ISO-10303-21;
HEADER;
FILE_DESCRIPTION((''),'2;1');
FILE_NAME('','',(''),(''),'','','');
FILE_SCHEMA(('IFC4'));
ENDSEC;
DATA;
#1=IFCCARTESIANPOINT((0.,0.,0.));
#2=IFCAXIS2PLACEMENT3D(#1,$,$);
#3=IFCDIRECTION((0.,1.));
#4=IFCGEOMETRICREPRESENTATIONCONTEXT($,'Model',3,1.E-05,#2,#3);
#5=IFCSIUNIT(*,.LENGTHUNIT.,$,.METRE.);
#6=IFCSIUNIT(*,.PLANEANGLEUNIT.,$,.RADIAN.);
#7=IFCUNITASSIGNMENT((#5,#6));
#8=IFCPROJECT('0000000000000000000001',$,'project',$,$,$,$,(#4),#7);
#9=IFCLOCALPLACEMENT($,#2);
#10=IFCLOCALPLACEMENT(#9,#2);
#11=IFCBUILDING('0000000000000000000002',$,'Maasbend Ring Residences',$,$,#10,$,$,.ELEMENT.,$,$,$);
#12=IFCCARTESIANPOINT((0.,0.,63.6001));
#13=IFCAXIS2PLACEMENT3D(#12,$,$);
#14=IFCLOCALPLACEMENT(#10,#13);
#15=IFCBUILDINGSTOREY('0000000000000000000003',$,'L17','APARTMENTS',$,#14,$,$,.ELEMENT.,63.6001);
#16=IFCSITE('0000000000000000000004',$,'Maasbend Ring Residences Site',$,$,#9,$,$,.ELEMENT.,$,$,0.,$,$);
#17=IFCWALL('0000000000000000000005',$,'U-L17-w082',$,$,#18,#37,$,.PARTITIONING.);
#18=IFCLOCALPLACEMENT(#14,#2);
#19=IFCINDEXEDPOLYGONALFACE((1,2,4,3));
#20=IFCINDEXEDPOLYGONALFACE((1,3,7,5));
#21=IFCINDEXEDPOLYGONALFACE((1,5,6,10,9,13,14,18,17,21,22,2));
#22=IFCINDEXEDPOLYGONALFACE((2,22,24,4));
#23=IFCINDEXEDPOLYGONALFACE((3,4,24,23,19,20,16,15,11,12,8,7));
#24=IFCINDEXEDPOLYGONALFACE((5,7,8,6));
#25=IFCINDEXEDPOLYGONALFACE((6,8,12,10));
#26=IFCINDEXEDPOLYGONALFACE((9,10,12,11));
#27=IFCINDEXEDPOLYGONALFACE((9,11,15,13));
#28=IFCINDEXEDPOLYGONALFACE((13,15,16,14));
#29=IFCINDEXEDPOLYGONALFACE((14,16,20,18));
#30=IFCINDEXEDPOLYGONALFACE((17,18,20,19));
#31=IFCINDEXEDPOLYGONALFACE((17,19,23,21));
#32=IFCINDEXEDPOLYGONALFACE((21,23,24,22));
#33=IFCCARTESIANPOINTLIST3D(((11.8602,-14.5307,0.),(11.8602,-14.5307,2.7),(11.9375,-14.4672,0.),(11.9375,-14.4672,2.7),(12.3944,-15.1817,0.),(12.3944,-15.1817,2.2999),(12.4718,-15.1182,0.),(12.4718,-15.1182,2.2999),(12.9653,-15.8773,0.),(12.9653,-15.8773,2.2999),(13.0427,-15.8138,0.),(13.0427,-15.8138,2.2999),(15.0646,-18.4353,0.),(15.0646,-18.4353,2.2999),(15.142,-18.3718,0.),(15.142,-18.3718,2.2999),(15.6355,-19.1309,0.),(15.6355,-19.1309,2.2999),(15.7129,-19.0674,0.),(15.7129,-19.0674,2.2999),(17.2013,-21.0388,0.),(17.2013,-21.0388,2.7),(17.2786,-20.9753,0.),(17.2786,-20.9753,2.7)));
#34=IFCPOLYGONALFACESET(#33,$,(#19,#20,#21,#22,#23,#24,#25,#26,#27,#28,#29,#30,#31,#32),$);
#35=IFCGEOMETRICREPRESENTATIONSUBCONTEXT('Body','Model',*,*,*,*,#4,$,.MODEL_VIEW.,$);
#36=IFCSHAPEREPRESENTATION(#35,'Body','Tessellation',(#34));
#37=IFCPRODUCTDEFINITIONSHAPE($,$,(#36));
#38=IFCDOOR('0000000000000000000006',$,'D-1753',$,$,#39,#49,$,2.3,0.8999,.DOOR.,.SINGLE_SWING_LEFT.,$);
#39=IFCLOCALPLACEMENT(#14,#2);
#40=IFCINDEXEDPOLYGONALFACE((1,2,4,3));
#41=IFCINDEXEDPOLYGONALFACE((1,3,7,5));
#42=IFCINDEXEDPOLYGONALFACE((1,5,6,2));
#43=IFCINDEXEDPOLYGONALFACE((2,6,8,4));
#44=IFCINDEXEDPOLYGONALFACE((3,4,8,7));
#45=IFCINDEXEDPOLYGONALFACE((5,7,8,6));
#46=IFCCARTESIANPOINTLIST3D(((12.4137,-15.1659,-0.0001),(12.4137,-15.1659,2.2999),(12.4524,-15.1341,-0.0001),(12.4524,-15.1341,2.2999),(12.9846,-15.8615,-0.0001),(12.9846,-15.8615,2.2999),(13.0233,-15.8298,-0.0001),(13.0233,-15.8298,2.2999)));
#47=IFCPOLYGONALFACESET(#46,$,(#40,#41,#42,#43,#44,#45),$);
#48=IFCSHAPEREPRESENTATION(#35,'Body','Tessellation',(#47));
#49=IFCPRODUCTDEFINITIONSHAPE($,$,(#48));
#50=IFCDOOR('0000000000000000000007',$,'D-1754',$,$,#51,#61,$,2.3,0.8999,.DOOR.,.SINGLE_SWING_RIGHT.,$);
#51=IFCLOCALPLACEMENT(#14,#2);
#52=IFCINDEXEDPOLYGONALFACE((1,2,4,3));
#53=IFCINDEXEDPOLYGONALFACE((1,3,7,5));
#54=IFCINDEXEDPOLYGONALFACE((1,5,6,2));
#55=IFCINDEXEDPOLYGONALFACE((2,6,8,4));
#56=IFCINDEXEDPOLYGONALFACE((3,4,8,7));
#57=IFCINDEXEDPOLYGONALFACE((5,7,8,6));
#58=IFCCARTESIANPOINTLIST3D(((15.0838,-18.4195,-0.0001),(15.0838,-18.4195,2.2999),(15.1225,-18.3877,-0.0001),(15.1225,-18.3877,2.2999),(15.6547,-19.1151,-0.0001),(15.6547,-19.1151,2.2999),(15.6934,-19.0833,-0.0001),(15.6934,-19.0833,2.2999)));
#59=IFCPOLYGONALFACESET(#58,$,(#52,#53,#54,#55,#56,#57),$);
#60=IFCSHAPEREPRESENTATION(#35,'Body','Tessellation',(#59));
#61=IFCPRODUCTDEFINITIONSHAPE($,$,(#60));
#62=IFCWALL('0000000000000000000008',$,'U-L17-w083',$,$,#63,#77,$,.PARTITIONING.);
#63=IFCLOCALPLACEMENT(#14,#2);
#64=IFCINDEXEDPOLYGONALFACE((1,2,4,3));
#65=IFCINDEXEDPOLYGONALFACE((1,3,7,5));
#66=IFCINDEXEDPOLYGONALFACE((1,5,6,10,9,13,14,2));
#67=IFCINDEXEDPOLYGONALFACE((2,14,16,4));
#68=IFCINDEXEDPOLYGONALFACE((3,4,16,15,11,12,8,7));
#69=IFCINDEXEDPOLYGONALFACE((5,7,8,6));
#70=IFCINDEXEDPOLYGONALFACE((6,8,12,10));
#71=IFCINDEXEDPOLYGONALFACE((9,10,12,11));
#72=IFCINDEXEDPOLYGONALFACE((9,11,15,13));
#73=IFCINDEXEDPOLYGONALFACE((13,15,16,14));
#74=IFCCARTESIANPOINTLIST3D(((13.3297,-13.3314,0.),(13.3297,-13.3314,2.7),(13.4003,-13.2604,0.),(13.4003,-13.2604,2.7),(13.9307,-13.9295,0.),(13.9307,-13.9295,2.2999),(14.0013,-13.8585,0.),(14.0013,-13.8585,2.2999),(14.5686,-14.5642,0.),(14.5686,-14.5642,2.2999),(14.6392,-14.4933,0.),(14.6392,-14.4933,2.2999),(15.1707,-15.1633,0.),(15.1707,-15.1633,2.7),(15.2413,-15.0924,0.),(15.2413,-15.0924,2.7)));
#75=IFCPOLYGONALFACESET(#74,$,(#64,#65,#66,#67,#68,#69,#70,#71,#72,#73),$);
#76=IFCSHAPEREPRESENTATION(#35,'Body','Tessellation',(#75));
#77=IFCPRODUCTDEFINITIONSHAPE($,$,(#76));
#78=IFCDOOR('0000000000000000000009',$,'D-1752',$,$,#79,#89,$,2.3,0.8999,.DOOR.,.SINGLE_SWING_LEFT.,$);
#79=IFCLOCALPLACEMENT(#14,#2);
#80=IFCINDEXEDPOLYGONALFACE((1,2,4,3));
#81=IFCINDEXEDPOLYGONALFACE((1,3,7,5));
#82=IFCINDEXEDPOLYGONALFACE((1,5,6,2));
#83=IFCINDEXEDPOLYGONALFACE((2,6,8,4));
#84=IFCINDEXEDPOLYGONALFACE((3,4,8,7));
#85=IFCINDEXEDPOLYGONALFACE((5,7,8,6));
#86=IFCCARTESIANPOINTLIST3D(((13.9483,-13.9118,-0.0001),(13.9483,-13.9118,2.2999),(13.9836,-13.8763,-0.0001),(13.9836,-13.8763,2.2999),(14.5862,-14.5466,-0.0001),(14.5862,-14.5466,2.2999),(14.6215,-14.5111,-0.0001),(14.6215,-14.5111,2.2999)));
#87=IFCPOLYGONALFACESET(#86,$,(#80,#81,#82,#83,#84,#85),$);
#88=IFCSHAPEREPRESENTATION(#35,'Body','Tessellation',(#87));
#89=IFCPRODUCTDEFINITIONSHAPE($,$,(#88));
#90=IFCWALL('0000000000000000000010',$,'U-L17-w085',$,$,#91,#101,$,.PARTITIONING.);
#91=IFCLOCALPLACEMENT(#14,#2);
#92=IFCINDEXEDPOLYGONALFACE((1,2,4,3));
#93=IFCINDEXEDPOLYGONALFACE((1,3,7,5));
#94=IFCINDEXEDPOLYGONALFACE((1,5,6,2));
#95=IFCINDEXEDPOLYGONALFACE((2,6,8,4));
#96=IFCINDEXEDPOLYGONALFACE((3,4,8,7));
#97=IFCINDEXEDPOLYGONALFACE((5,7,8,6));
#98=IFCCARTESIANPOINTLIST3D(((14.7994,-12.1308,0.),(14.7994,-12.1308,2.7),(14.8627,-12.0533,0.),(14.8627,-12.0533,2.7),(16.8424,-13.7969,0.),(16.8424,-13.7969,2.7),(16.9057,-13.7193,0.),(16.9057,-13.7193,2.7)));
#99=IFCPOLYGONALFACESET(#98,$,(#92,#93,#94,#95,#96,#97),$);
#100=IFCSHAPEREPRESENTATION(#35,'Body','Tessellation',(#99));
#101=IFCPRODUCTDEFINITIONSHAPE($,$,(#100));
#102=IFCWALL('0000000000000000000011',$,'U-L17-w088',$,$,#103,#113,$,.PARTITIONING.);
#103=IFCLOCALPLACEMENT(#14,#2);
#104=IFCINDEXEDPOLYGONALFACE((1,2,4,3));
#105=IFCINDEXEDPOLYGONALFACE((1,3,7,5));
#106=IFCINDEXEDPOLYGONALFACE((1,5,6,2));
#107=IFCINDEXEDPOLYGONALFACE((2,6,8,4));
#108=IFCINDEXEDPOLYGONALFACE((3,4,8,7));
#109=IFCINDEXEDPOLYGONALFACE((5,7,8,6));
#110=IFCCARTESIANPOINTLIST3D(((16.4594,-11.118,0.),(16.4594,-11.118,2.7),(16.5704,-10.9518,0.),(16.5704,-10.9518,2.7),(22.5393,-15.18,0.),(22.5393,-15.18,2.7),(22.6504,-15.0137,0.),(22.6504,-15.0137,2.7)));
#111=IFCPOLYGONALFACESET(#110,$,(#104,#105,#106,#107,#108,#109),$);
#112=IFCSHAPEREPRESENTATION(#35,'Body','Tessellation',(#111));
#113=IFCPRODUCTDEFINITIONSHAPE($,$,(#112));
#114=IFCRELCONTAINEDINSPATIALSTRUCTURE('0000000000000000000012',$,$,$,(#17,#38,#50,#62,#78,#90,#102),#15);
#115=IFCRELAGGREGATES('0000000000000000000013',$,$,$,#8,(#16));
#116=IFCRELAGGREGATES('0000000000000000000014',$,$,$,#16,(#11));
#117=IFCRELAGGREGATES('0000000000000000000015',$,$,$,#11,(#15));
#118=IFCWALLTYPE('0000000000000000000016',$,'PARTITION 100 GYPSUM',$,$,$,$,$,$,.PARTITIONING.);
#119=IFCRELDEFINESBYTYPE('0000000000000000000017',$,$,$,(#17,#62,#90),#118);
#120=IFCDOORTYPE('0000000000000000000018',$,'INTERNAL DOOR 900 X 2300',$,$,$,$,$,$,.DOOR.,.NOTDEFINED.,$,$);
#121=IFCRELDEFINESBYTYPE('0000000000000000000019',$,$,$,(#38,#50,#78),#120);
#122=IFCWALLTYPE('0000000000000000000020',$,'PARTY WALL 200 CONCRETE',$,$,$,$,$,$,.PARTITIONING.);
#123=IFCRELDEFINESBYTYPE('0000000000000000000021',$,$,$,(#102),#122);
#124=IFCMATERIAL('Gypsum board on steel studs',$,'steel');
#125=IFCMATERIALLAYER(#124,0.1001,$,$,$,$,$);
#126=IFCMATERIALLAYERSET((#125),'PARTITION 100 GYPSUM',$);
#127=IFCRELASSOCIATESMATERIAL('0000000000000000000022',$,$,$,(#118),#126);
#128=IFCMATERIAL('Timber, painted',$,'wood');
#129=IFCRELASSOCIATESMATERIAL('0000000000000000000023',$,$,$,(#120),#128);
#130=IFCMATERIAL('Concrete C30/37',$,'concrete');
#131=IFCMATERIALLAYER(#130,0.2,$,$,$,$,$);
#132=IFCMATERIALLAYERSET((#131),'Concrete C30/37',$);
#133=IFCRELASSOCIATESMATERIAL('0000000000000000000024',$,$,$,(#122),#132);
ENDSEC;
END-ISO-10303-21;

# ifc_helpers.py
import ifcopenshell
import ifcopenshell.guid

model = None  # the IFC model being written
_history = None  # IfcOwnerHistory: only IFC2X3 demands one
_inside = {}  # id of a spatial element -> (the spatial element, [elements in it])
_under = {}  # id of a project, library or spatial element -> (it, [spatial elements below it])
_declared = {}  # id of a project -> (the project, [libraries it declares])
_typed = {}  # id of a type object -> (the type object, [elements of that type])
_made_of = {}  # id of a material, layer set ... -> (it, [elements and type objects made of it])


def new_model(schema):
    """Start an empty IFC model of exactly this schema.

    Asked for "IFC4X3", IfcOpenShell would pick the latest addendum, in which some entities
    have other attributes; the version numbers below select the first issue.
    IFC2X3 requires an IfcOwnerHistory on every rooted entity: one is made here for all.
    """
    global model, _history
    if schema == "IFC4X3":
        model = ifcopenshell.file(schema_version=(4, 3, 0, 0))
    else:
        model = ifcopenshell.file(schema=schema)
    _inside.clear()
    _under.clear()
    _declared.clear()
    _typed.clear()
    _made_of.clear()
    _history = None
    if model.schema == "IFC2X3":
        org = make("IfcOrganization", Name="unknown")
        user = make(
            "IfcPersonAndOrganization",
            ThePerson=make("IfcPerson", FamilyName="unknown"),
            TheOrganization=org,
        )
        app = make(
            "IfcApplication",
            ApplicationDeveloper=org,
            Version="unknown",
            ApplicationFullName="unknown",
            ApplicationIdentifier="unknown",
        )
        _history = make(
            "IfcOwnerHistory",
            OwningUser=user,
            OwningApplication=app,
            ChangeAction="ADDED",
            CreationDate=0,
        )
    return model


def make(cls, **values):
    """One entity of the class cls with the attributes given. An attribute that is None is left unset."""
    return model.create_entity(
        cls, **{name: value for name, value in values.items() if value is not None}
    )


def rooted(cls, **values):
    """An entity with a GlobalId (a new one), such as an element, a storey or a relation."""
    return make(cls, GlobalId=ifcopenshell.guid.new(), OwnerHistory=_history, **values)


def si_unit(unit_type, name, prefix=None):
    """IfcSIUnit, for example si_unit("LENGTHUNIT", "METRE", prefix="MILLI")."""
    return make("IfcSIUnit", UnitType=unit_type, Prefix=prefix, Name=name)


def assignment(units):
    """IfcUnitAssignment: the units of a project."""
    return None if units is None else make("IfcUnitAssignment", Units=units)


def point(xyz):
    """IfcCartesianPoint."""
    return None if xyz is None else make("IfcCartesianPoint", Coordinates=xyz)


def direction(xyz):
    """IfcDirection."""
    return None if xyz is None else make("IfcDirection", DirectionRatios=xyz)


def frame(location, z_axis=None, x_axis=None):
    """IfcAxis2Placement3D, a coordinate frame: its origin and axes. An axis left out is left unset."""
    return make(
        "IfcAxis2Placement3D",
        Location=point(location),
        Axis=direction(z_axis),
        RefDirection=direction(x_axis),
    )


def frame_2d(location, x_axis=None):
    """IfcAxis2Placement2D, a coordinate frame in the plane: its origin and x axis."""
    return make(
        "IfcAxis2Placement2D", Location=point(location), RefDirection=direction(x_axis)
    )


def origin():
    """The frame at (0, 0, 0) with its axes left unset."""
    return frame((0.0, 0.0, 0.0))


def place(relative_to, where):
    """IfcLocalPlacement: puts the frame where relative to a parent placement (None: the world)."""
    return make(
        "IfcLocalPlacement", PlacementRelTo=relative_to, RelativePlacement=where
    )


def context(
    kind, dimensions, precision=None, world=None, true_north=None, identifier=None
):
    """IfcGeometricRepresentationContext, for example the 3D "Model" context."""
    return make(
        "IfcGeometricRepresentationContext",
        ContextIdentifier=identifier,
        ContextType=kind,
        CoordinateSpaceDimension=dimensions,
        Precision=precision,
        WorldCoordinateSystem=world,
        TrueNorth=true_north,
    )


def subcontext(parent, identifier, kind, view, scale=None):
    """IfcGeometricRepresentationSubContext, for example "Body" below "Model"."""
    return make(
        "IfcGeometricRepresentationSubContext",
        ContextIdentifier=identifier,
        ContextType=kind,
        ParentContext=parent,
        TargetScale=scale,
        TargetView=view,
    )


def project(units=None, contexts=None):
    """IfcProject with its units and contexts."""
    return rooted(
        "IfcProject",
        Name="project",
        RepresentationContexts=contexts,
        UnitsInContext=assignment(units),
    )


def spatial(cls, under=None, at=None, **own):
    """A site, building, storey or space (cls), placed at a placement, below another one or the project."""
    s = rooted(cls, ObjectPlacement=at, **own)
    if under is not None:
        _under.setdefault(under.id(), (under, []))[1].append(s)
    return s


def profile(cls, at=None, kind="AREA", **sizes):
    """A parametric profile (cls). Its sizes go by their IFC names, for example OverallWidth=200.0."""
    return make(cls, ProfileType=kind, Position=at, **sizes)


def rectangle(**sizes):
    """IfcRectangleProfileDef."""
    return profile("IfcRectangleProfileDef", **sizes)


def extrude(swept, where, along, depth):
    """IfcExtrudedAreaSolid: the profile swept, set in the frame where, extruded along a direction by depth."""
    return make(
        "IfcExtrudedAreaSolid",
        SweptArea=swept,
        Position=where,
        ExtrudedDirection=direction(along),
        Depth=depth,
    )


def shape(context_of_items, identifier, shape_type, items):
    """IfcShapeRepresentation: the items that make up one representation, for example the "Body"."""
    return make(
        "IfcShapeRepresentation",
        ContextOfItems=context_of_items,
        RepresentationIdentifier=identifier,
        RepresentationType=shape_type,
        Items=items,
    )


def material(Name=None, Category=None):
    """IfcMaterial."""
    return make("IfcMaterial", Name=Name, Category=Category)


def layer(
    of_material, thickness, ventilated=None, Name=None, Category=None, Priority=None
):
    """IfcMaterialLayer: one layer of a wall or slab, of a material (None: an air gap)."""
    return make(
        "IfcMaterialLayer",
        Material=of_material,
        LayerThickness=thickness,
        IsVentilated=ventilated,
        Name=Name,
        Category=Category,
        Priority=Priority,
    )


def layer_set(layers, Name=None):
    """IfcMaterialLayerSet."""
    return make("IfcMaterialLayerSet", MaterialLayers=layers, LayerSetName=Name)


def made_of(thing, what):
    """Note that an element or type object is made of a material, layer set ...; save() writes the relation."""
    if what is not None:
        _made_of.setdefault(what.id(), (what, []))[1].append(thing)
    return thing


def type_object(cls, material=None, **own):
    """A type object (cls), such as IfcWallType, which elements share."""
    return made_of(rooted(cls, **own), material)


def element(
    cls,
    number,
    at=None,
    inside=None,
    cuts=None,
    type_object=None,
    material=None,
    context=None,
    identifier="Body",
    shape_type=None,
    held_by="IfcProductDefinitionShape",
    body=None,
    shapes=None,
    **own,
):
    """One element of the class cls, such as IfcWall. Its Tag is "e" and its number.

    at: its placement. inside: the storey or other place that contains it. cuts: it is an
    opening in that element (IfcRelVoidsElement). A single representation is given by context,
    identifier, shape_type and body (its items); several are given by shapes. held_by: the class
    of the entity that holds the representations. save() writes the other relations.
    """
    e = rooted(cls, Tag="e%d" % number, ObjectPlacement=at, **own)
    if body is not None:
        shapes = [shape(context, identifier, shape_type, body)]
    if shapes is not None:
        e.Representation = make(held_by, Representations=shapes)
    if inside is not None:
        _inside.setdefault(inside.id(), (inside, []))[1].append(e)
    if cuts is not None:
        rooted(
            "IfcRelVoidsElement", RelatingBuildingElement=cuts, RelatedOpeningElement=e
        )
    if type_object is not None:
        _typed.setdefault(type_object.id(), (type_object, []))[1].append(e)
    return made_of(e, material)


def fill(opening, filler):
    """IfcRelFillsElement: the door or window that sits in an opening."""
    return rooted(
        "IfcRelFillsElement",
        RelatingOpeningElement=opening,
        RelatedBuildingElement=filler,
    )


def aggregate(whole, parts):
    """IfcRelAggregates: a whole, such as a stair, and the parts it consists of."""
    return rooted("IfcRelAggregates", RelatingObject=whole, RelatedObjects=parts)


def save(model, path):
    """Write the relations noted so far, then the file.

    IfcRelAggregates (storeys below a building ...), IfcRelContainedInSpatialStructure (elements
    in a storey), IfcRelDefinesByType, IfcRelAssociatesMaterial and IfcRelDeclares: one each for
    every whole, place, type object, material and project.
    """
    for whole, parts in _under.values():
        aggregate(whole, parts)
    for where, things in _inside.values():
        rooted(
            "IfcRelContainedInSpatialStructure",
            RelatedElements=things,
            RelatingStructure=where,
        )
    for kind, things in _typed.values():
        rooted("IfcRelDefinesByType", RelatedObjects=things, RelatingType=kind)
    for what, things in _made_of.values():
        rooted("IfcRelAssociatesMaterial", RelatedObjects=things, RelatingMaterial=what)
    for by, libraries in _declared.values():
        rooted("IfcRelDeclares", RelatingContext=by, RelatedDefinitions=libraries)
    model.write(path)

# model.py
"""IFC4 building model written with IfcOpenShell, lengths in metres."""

from ifc_helpers import new_model, si_unit, direction, frame, frame_2d, origin, place, context, subcontext, project, spatial, rectangle, extrude, material, layer, layer_set, type_object, element, fill, save


model = new_model("IFC4")

# Units and contexts
model_context = context("Model", 3, precision=1e-05, world=origin(), true_north=direction((0.0, 1.0)))
body_context = subcontext(model_context, "Body", "Model", "MODEL_VIEW")
ifc_project = project(units=[si_unit("LENGTHUNIT", "METRE"), si_unit("PLANEANGLEUNIT", "RADIAN")], contexts=[model_context])

# Site, building, storey
site_placement = place(None, origin())
site = spatial("IfcSite", under=ifc_project, at=site_placement, Name="Maasbend Ring Residences Site", CompositionType="ELEMENT", RefElevation=0.0)
building_placement = place(site_placement, origin())
building = spatial("IfcBuilding", under=site, at=building_placement, Name="Maasbend Ring Residences", CompositionType="ELEMENT")
storey_placement = place(building_placement, frame((0.0, 0.0, 63.6001)))
storey = spatial("IfcBuildingStorey", under=building, at=storey_placement, Name="L17", Description="APARTMENTS", CompositionType="ELEMENT", Elevation=63.6001)

# Shared definitions
ifc_material_1 = material(Name="Gypsum board on steel studs", Category="steel")
ifc_layer_1 = layer(ifc_material_1, 0.1001)
ifc_layer_set_1 = layer_set([ifc_layer_1], Name="PARTITION 100 GYPSUM")
wall_type_1 = type_object("IfcWallType", Name="PARTITION 100 GYPSUM", PredefinedType="PARTITIONING", material=ifc_layer_set_1)
ifc_material_2 = material(Name="Timber, painted", Category="wood")
door_type_1 = type_object("IfcDoorType", Name="INTERNAL DOOR 900 X 2300", OperationType="NOTDEFINED", PredefinedType="DOOR", material=ifc_material_2)

# Wall, openings, doors
wall_1_placement = place(storey_placement, frame((11.8989, -14.499, 0.0), z_axis=(0.0, 0.0, 1.0), x_axis=(0.634396, -0.773008, 0.0)))
wall_1 = element("IfcWall", 1, at=wall_1_placement, inside=storey, type_object=wall_type_1, Name="U-L17-w082", PredefinedType="PARTITIONING", context=body_context, shape_type="SweptSolid", body=[
    extrude(rectangle(XDim=8.4192, YDim=0.1001, at=frame_2d((4.2095, 0.0))), origin(), (0.0, 0.0, 1.0), 2.7),
])
opening_1_placement = place(wall_1_placement, frame((0.842, 0.0, 0.0)))
opening_1 = element("IfcOpeningElement", 2, at=opening_1_placement, cuts=wall_1, PredefinedType="OPENING", context=body_context, shape_type="SweptSolid", body=[
    extrude(rectangle(XDim=0.8999, YDim=2.3, at=frame_2d((0.45, 1.1499))), frame((0.0, 0.0601, 0.0), z_axis=(0.0, -1.0, 0.0), x_axis=(1.0, 0.0, 0.0)), (0.0, 0.0, 1.0), 0.1201),
])
opening_2_placement = place(wall_1_placement, frame((5.051, 0.0, 0.0)))
opening_2 = element("IfcOpeningElement", 3, at=opening_2_placement, cuts=wall_1, PredefinedType="OPENING", context=body_context, shape_type="SweptSolid", body=[
    extrude(rectangle(XDim=0.8999, YDim=2.3, at=frame_2d((0.45, 1.1499))), frame((0.0, 0.0601, 0.0), z_axis=(0.0, -1.0, 0.0), x_axis=(1.0, 0.0, 0.0)), (0.0, 0.0, 1.0), 0.1201),
])
door_1_placement = place(opening_1_placement, origin())
door_1 = element("IfcDoor", 4, at=door_1_placement, inside=storey, type_object=door_type_1, Name="D-1753", OperationType="SINGLE_SWING_LEFT", OverallHeight=2.3, OverallWidth=0.8999, PredefinedType="DOOR", context=body_context, shape_type="SweptSolid", body=[
    extrude(rectangle(XDim=0.8999, YDim=2.3, at=frame_2d((0.45, 1.1499))), frame((0.0, 0.0249, 0.0), z_axis=(0.0, -1.0, 0.0), x_axis=(1.0, 0.0, 0.0)), (0.0, 0.0, 1.0), 0.05),
])
fill(opening_1, door_1)
door_2_placement = place(opening_2_placement, origin())
door_2 = element("IfcDoor", 5, at=door_2_placement, inside=storey, type_object=door_type_1, Name="D-1754", OperationType="SINGLE_SWING_RIGHT", OverallHeight=2.3, OverallWidth=0.8999, PredefinedType="DOOR", context=body_context, shape_type="SweptSolid", body=[
    extrude(rectangle(XDim=0.8999, YDim=2.3, at=frame_2d((0.45, 1.1499))), frame((0.0, 0.0249, 0.0), z_axis=(0.0, -1.0, 0.0), x_axis=(1.0, 0.0, 0.0)), (0.0, 0.0, 1.0), 0.05),
])
fill(opening_2, door_2)

# Wall, opening, door
wall_2_placement = place(storey_placement, frame((13.365, -13.2959, 0.0), z_axis=(0.0, 0.0, 1.0), x_axis=(0.708844, -0.705366, 0.0)))
wall_2 = element("IfcWall", 6, at=wall_2_placement, inside=storey, type_object=wall_type_1, Name="U-L17-w083", PredefinedType="PARTITIONING", context=body_context, shape_type="SweptSolid", body=[
    extrude(rectangle(XDim=2.5972, YDim=0.1001, at=frame_2d((1.2986, 0.0))), origin(), (0.0, 0.0, 1.0), 2.7),
])
opening_3_placement = place(wall_2_placement, frame((0.8479, 0.0, 0.0)))
opening_3 = element("IfcOpeningElement", 7, at=opening_3_placement, cuts=wall_2, PredefinedType="OPENING", context=body_context, shape_type="SweptSolid", body=[
    extrude(rectangle(XDim=0.8999, YDim=2.3, at=frame_2d((0.45, 1.1499))), frame((0.0, 0.0601, 0.0), z_axis=(0.0, -1.0, 0.0), x_axis=(1.0, 0.0, 0.0)), (0.0, 0.0, 1.0), 0.1201),
])
door_3_placement = place(opening_3_placement, origin())
door_3 = element("IfcDoor", 8, at=door_3_placement, inside=storey, type_object=door_type_1, Name="D-1752", OperationType="SINGLE_SWING_LEFT", OverallHeight=2.3, OverallWidth=0.8999, PredefinedType="DOOR", context=body_context, shape_type="SweptSolid", body=[
    extrude(rectangle(XDim=0.8999, YDim=2.3, at=frame_2d((0.45, 1.1499))), frame((0.0, 0.0249, 0.0), z_axis=(0.0, -1.0, 0.0), x_axis=(1.0, 0.0, 0.0)), (0.0, 0.0, 1.0), 0.05),
])
fill(opening_3, door_3)

# Walls
wall_3_placement = place(storey_placement, frame((14.8311, -12.092, 0.0), z_axis=(0.0, 0.0, 1.0), x_axis=(0.77498, -0.631986, 0.0)))
element("IfcWall", 9, at=wall_3_placement, inside=storey, type_object=wall_type_1, Name="U-L17-w085", PredefinedType="PARTITIONING", context=body_context, shape_type="SweptSolid", body=[
    extrude(rectangle(XDim=2.6362, YDim=0.1001, at=frame_2d((1.3181, 0.0))), origin(), (0.0, 0.0, 1.0), 2.7),
])
ifc_material_3 = material(Name="Concrete C30/37", Category="concrete")
ifc_layer_2 = layer(ifc_material_3, 0.2)
ifc_layer_set_2 = layer_set([ifc_layer_2], Name="Concrete C30/37")
wall_type_2 = type_object("IfcWallType", Name="PARTY WALL 200 CONCRETE", PredefinedType="PARTITIONING", material=ifc_layer_set_2)
wall_4_placement = place(storey_placement, frame((16.5149, -11.0349, 0.0), z_axis=(0.0, 0.0, 1.0), x_axis=(0.831505, -0.555517, 0.0)))
element("IfcWall", 10, at=wall_4_placement, inside=storey, type_object=wall_type_2, Name="U-L17-w088", PredefinedType="PARTITIONING", context=body_context, shape_type="SweptSolid", body=[
    extrude(rectangle(XDim=7.312, YDim=0.2, at=frame_2d((3.656, 0.0))), origin(), (0.0, 0.0, 1.0), 2.7),
])

save(model, "model.ifc")
